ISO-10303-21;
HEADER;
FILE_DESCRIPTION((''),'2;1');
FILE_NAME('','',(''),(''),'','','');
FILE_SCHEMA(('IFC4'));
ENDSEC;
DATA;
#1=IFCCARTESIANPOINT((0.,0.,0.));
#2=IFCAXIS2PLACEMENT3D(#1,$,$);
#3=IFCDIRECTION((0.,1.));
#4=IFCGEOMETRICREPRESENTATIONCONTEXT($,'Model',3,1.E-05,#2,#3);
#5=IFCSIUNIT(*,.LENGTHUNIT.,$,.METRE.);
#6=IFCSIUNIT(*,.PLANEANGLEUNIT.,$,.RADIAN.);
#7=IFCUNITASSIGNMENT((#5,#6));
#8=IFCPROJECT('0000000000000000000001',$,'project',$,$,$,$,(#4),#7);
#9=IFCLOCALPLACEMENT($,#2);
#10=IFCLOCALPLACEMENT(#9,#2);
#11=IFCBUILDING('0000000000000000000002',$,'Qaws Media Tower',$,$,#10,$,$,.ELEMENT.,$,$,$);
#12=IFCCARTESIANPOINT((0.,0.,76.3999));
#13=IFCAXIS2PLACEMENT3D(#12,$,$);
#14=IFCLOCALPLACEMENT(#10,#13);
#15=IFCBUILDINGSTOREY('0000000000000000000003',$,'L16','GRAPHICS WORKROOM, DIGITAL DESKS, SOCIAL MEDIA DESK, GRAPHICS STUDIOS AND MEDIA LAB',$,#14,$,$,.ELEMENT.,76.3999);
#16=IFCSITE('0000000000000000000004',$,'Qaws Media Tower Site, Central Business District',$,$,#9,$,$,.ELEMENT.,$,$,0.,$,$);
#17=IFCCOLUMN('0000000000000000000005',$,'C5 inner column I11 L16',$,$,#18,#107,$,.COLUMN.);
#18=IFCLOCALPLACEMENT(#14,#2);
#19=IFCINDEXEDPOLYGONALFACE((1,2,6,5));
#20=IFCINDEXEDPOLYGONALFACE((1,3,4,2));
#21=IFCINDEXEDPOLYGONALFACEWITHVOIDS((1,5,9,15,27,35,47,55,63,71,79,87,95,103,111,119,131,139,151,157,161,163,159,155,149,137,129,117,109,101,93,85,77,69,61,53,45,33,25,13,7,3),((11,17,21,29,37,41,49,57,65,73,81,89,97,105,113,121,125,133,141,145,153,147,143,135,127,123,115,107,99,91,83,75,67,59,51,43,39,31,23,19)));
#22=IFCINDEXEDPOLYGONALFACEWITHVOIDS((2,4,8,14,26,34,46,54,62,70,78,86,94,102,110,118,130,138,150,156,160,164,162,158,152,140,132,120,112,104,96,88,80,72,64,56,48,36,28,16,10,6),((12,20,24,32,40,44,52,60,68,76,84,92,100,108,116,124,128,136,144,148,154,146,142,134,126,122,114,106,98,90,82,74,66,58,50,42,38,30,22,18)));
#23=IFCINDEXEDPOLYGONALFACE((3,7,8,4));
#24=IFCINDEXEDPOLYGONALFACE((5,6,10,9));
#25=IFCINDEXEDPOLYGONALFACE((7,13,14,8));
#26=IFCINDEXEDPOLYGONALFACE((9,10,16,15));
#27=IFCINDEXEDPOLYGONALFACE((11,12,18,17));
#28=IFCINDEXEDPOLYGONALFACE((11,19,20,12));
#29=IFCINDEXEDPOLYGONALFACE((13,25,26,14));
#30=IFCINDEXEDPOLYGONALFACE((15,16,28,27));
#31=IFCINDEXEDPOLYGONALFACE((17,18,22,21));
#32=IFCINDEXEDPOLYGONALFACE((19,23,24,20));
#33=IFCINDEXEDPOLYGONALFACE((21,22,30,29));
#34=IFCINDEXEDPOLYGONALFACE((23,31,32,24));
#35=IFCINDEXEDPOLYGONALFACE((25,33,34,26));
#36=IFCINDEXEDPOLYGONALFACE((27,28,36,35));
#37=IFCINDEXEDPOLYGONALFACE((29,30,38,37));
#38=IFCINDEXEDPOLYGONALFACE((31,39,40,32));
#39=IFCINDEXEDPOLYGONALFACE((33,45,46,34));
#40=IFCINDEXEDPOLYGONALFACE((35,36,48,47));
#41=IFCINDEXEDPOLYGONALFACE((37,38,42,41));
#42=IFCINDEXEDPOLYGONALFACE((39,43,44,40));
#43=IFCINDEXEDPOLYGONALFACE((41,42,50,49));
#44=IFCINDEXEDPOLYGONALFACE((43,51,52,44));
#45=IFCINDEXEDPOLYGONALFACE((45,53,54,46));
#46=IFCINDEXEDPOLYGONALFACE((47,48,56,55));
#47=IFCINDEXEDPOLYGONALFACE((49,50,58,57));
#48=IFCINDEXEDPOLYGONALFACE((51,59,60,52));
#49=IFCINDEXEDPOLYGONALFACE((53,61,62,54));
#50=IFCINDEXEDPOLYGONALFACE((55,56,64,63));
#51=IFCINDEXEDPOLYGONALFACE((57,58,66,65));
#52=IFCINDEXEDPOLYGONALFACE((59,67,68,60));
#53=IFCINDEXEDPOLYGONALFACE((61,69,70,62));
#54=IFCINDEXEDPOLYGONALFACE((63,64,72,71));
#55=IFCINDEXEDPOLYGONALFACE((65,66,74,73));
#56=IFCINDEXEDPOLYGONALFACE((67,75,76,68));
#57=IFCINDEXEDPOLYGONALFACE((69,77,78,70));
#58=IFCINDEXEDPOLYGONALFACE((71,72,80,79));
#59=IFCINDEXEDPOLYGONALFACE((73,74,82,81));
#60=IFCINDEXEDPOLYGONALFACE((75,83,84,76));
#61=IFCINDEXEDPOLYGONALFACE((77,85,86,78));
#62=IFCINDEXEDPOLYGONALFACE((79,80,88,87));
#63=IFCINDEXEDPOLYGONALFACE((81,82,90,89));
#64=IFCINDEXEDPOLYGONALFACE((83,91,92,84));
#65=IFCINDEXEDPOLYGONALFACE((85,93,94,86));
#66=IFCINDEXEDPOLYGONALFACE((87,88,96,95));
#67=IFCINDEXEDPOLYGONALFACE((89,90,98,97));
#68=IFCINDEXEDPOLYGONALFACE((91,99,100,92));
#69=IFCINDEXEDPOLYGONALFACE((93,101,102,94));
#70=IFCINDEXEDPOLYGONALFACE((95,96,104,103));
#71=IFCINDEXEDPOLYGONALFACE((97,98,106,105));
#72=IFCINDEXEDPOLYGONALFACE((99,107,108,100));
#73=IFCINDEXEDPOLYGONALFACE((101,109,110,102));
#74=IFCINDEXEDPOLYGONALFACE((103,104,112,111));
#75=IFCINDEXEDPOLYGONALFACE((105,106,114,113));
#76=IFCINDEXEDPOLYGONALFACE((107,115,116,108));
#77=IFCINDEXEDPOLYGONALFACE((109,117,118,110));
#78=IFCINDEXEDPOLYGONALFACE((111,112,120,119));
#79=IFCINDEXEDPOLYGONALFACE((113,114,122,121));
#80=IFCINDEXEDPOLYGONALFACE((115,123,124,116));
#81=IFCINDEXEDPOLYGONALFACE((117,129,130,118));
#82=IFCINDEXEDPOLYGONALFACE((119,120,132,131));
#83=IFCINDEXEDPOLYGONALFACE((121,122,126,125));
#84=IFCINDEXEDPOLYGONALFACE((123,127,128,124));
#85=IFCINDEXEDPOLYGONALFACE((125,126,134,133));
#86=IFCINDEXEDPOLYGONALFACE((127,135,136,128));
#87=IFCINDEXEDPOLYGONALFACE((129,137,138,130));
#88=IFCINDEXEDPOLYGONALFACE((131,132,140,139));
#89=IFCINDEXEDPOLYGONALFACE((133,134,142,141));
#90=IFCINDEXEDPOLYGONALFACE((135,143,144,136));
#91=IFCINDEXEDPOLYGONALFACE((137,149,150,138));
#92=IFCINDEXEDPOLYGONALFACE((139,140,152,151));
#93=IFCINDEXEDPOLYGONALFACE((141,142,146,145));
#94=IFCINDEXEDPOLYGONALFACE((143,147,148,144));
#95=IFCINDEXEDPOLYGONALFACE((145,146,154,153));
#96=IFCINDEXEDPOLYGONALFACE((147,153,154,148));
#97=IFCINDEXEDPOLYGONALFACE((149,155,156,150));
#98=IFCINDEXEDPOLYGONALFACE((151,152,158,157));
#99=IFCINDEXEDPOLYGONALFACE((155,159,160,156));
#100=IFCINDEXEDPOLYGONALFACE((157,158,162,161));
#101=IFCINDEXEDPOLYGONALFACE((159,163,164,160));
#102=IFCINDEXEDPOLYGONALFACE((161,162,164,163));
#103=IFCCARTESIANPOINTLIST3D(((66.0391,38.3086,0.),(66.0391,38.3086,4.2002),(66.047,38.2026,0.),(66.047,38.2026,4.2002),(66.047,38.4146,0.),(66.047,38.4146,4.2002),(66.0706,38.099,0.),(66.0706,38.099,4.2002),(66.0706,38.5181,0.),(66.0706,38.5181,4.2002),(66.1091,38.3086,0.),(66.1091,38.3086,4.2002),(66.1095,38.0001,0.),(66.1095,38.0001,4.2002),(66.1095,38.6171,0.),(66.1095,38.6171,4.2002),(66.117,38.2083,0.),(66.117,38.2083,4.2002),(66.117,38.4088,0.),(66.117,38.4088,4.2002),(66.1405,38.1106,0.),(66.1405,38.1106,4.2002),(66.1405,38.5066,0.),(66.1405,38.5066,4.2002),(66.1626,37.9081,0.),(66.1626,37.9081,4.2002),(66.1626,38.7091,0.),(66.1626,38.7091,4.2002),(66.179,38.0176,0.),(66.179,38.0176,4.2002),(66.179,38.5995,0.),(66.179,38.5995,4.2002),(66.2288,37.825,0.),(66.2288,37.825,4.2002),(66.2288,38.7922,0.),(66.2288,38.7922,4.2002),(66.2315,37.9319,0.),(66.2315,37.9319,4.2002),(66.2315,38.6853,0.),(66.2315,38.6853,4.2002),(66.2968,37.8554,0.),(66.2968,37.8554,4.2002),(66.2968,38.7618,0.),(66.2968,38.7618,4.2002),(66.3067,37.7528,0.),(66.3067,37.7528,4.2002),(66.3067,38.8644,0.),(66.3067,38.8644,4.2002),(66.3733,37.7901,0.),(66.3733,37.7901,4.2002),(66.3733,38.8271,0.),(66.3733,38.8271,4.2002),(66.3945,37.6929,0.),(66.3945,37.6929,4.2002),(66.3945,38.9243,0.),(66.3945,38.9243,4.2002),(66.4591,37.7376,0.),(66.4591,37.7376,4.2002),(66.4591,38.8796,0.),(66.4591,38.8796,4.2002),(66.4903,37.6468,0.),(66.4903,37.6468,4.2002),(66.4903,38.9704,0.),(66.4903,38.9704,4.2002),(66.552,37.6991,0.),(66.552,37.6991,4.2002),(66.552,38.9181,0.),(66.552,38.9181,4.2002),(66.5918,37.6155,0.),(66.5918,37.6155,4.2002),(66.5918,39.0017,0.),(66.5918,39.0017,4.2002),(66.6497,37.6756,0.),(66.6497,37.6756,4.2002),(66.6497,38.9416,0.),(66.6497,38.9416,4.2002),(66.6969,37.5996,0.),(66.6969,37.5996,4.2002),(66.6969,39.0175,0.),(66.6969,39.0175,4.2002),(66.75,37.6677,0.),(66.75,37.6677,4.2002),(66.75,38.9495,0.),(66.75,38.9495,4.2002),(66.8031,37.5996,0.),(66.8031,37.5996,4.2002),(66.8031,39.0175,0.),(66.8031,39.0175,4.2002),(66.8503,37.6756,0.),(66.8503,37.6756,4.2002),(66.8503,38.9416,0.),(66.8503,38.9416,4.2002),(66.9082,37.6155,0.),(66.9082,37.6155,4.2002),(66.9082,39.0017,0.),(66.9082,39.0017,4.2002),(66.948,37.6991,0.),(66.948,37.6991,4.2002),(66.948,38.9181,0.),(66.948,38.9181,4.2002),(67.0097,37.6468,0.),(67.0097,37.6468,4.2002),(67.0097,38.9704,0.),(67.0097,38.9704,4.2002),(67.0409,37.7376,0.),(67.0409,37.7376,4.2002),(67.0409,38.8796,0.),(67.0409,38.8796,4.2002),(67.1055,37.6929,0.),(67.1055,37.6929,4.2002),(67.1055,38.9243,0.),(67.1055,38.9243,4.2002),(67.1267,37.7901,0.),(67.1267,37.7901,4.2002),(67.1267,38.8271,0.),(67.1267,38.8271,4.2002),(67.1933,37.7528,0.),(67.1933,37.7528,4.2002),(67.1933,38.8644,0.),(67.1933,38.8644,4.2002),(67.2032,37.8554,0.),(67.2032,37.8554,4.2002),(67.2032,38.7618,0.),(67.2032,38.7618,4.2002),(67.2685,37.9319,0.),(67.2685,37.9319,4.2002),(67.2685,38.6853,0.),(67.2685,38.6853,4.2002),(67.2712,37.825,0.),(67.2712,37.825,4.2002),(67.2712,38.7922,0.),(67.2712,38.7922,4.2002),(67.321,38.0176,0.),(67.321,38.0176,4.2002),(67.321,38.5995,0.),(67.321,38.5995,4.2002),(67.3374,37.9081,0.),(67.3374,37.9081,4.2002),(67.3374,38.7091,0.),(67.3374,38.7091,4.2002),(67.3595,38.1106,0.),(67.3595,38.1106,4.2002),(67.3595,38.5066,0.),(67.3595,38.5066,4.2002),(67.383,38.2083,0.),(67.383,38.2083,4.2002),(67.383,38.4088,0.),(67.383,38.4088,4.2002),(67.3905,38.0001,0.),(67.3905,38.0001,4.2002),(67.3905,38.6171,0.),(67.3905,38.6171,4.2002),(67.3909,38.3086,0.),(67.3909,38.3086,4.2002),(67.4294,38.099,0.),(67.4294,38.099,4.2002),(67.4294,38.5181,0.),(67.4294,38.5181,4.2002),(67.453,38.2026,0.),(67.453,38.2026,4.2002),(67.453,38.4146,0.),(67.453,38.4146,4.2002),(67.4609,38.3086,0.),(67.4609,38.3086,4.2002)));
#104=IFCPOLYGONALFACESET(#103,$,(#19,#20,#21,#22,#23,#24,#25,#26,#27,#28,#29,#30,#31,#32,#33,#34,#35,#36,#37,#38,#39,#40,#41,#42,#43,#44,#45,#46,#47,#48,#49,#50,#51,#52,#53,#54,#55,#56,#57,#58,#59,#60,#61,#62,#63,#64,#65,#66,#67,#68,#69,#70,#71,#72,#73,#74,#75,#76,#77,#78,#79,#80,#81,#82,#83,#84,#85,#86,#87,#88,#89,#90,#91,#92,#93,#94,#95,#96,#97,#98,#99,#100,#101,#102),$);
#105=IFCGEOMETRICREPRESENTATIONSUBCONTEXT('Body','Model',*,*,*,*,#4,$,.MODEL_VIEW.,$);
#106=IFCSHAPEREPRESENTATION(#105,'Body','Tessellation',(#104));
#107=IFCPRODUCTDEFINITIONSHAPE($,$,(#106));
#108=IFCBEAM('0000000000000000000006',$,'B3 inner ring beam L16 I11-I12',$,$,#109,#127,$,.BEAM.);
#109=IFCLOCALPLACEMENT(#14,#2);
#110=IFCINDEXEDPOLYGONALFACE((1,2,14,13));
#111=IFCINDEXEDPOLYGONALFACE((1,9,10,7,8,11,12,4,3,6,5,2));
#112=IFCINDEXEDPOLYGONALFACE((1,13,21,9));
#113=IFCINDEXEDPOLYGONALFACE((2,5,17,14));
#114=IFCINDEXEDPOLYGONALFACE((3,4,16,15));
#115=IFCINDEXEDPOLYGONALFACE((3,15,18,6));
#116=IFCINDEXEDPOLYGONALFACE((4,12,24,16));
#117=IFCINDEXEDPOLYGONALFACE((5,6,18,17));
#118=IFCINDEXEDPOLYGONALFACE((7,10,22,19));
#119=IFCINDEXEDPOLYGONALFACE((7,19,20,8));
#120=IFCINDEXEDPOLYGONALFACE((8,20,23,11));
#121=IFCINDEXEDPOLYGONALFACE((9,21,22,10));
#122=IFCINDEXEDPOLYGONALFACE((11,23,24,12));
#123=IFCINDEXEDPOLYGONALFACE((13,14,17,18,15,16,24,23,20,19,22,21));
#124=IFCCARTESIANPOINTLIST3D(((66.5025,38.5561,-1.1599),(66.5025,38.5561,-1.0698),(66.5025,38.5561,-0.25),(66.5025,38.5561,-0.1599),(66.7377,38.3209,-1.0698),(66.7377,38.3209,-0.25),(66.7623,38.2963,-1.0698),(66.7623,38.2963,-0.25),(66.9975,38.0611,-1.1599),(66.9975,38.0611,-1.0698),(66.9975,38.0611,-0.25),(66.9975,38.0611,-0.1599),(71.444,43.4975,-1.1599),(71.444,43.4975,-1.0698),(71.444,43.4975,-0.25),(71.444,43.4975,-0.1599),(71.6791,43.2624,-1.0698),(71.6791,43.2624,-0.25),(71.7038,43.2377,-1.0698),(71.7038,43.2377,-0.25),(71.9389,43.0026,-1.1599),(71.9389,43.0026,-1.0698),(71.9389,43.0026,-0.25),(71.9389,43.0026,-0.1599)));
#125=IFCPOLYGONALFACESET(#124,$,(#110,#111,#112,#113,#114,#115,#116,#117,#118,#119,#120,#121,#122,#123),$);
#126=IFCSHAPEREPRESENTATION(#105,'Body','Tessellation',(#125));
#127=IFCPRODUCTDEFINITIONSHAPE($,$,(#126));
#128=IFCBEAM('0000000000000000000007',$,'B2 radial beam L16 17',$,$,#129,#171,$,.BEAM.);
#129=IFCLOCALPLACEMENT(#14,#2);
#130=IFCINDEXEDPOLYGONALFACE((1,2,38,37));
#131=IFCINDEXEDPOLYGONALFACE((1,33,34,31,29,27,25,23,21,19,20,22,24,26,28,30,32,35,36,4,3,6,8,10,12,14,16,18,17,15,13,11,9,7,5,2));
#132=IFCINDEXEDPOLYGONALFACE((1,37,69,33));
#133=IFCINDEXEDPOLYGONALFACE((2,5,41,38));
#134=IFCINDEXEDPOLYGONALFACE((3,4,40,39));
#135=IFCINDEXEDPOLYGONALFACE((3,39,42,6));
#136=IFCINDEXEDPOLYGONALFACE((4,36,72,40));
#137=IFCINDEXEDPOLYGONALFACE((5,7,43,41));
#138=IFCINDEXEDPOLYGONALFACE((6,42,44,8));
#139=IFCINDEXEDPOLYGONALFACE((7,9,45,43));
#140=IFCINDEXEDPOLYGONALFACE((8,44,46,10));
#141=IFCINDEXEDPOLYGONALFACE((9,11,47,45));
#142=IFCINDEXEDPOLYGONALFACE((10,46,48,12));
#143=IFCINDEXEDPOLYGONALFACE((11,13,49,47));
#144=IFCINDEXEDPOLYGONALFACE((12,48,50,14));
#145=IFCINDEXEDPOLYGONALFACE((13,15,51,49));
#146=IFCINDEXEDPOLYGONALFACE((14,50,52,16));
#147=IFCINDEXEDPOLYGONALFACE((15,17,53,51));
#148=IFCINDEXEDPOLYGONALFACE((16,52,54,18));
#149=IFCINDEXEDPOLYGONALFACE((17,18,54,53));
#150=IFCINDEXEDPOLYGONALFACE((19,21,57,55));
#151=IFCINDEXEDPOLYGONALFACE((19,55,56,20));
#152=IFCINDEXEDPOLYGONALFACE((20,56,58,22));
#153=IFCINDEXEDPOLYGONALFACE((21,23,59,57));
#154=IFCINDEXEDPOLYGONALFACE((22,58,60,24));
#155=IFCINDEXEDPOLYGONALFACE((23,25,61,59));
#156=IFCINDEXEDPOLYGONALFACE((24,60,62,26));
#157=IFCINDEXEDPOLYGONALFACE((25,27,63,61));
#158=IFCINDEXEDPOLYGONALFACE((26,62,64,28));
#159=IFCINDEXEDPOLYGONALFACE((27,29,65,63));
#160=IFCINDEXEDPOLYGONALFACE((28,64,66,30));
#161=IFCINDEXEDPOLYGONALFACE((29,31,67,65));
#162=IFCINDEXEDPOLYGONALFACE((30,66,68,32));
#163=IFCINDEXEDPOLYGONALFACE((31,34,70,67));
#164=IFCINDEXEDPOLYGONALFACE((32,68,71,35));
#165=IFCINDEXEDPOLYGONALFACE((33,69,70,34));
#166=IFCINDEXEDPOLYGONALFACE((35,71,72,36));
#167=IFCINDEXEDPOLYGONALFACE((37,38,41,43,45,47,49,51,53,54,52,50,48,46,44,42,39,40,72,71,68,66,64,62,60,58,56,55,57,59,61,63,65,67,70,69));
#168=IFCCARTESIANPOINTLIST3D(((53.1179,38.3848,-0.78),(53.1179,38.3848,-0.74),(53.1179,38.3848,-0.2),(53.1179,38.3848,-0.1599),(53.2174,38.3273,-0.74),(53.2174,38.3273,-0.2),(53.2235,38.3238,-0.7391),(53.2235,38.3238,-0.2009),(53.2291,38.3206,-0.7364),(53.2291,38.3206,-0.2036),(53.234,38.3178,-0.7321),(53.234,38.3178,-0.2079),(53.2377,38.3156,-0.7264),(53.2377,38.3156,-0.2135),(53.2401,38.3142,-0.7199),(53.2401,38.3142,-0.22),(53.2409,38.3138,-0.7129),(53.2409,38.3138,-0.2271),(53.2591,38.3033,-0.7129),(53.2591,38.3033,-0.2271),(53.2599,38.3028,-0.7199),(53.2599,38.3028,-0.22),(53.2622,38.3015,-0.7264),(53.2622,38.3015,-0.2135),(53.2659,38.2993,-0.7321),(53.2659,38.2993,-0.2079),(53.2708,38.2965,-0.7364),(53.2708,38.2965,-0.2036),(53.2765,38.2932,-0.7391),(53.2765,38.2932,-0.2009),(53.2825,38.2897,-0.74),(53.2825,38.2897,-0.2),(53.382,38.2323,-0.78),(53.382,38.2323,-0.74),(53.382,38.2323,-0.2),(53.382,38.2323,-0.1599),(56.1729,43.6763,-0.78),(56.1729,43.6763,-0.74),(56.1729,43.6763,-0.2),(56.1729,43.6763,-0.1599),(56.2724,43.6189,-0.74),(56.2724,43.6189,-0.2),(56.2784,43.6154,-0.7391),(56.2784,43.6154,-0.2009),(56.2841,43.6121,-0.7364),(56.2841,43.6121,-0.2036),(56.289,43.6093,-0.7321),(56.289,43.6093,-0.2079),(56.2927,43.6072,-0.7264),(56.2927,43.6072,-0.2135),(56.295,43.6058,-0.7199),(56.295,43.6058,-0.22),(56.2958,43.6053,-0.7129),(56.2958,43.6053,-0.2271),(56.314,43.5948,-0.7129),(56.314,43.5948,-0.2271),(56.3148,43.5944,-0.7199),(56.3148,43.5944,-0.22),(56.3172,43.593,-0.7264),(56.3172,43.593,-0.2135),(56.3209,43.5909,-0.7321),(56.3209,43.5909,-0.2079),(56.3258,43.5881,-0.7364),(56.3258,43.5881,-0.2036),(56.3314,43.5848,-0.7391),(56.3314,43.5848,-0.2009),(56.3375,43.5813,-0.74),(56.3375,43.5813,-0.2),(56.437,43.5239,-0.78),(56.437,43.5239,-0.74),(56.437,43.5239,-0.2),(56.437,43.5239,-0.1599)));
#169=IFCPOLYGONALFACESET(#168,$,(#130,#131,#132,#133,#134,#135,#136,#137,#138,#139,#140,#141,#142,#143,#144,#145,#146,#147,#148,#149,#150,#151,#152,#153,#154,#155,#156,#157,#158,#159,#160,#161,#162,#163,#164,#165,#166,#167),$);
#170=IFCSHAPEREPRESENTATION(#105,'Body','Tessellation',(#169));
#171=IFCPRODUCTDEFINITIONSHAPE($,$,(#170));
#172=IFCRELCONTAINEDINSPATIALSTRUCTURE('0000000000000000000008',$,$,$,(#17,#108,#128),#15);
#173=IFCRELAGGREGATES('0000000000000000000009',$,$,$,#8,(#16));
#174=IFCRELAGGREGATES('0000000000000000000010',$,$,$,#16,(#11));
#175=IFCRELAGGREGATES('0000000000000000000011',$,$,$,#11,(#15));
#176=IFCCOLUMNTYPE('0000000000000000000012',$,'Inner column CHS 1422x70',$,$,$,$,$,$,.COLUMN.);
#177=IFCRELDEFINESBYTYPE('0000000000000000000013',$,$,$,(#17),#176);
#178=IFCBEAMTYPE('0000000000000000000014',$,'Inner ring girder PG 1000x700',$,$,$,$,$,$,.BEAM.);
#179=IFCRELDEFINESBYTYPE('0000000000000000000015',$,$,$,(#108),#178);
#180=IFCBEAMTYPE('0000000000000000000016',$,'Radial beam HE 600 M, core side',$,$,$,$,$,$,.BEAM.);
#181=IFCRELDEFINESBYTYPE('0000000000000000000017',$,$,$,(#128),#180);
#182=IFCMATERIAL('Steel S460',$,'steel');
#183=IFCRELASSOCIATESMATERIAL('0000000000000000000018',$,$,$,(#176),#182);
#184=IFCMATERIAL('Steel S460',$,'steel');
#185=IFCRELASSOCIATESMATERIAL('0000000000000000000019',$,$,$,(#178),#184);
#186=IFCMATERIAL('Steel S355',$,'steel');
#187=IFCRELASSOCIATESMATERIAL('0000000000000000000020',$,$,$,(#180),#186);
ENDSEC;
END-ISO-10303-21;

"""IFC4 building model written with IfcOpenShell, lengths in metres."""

from ifc_helpers import new_model, si_unit, direction, frame, origin, origin_2d, place, context, subcontext, project, spatial, hollow_circle, i_section, extrude, material, material_profile, profile_set, type_object, element, save


model = new_model("IFC4")

# Units and contexts
model_context = context("Model", 3, precision=1e-05, world=origin(), true_north=direction((0.0, 1.0)))
body_context = subcontext(model_context, "Body", "Model", "MODEL_VIEW")
ifc_project = project(units=[si_unit("LENGTHUNIT", "METRE"), si_unit("PLANEANGLEUNIT", "RADIAN")], contexts=[model_context])

# Site, building, storey
site_placement = place(None, origin())
site = spatial("IfcSite", under=ifc_project, at=site_placement, Name="Qaws Media Tower Site, Central Business District", CompositionType="ELEMENT", RefElevation=0.0)
building_placement = place(site_placement, origin())
building = spatial("IfcBuilding", under=site, at=building_placement, Name="Qaws Media Tower", CompositionType="ELEMENT")
storey_placement = place(building_placement, frame((0.0, 0.0, 76.3999)))
storey = spatial("IfcBuildingStorey", under=building, at=storey_placement, Name="L16", Description="GRAPHICS WORKROOM, DIGITAL DESKS, SOCIAL MEDIA DESK, GRAPHICS STUDIOS AND MEDIA LAB", CompositionType="ELEMENT", Elevation=76.3999)

# Column
ifc_material_1 = material(Name="Steel S460", Category="steel")
ifc_material_profile_1 = material_profile(ifc_material_1, hollow_circle(Radius=0.7109, WallThickness=0.0701, at=origin_2d()), Name="CHS 1422x70")
ifc_profile_set_1 = profile_set([ifc_material_profile_1], Name="Steel S460")
column_type = type_object("IfcColumnType", Name="Inner column CHS 1422x70", PredefinedType="COLUMN", material=ifc_profile_set_1)
column_placement = place(storey_placement, frame((66.75, 38.3086, 0.0), z_axis=(0.0, 0.0, 1.0), x_axis=(1.0, 0.0, 0.0)))
element("IfcColumn", 1, at=column_placement, inside=storey, type_object=column_type, Name="C5 inner column I11 L16", PredefinedType="COLUMN", context=body_context, shape_type="SweptSolid", body=[
    extrude(hollow_circle(Radius=0.7109, WallThickness=0.0701, at=origin_2d()), origin(), (0.0, 0.0, 1.0), 4.2002),
])

# Beams
ifc_material_2 = material(Name="Steel S460", Category="steel")
ifc_material_profile_2 = material_profile(ifc_material_2, i_section(OverallWidth=0.7, OverallDepth=1.0, WebThickness=0.0349, FlangeThickness=0.0901, at=origin_2d()), Name="PG 1000x700")
ifc_profile_set_2 = profile_set([ifc_material_profile_2], Name="Steel S460")
beam_type_1 = type_object("IfcBeamType", Name="Inner ring girder PG 1000x700", PredefinedType="BEAM", material=ifc_profile_set_2)
beam_1_placement = place(storey_placement, frame((66.75, 38.3086, -0.6599), z_axis=(0.707107, 0.707107, 0.0), x_axis=(-0.707107, 0.707107, 0.0)))
element("IfcBeam", 2, at=beam_1_placement, inside=storey, type_object=beam_type_1, Name="B3 inner ring beam L16 I11-I12", PredefinedType="BEAM", context=body_context, shape_type="SweptSolid", body=[
    extrude(i_section(OverallWidth=0.7, OverallDepth=1.0, WebThickness=0.0349, FlangeThickness=0.0901, at=origin_2d()), origin(), (0.0, 0.0, 1.0), 6.9883),
])
ifc_material_3 = material(Name="Steel S355", Category="steel")
ifc_material_profile_3 = material_profile(ifc_material_3, i_section(OverallWidth=0.3049, OverallDepth=0.6201, WebThickness=0.021, FlangeThickness=0.04, FilletRadius=0.0271, at=origin_2d()), Name="HE 600 M")
ifc_profile_set_3 = profile_set([ifc_material_profile_3], Name="Steel S355")
beam_type_2 = type_object("IfcBeamType", Name="Radial beam HE 600 M, core side", PredefinedType="BEAM", material=ifc_profile_set_3)
beam_2_placement = place(storey_placement, frame((56.3049, 43.6001, -0.47), z_axis=(-0.499985, -0.866034, 0.0), x_axis=(0.866034, -0.499985, 0.0)))
element("IfcBeam", 3, at=beam_2_placement, inside=storey, type_object=beam_type_2, Name="B2 radial beam L16 17", PredefinedType="BEAM", context=body_context, shape_type="SweptSolid", body=[
    extrude(i_section(OverallWidth=0.3049, OverallDepth=0.6201, WebThickness=0.021, FlangeThickness=0.04, FilletRadius=0.0271, at=origin_2d()), origin(), (0.0, 0.0, 1.0), 6.1101),
])

save(model, "model.ifc")
